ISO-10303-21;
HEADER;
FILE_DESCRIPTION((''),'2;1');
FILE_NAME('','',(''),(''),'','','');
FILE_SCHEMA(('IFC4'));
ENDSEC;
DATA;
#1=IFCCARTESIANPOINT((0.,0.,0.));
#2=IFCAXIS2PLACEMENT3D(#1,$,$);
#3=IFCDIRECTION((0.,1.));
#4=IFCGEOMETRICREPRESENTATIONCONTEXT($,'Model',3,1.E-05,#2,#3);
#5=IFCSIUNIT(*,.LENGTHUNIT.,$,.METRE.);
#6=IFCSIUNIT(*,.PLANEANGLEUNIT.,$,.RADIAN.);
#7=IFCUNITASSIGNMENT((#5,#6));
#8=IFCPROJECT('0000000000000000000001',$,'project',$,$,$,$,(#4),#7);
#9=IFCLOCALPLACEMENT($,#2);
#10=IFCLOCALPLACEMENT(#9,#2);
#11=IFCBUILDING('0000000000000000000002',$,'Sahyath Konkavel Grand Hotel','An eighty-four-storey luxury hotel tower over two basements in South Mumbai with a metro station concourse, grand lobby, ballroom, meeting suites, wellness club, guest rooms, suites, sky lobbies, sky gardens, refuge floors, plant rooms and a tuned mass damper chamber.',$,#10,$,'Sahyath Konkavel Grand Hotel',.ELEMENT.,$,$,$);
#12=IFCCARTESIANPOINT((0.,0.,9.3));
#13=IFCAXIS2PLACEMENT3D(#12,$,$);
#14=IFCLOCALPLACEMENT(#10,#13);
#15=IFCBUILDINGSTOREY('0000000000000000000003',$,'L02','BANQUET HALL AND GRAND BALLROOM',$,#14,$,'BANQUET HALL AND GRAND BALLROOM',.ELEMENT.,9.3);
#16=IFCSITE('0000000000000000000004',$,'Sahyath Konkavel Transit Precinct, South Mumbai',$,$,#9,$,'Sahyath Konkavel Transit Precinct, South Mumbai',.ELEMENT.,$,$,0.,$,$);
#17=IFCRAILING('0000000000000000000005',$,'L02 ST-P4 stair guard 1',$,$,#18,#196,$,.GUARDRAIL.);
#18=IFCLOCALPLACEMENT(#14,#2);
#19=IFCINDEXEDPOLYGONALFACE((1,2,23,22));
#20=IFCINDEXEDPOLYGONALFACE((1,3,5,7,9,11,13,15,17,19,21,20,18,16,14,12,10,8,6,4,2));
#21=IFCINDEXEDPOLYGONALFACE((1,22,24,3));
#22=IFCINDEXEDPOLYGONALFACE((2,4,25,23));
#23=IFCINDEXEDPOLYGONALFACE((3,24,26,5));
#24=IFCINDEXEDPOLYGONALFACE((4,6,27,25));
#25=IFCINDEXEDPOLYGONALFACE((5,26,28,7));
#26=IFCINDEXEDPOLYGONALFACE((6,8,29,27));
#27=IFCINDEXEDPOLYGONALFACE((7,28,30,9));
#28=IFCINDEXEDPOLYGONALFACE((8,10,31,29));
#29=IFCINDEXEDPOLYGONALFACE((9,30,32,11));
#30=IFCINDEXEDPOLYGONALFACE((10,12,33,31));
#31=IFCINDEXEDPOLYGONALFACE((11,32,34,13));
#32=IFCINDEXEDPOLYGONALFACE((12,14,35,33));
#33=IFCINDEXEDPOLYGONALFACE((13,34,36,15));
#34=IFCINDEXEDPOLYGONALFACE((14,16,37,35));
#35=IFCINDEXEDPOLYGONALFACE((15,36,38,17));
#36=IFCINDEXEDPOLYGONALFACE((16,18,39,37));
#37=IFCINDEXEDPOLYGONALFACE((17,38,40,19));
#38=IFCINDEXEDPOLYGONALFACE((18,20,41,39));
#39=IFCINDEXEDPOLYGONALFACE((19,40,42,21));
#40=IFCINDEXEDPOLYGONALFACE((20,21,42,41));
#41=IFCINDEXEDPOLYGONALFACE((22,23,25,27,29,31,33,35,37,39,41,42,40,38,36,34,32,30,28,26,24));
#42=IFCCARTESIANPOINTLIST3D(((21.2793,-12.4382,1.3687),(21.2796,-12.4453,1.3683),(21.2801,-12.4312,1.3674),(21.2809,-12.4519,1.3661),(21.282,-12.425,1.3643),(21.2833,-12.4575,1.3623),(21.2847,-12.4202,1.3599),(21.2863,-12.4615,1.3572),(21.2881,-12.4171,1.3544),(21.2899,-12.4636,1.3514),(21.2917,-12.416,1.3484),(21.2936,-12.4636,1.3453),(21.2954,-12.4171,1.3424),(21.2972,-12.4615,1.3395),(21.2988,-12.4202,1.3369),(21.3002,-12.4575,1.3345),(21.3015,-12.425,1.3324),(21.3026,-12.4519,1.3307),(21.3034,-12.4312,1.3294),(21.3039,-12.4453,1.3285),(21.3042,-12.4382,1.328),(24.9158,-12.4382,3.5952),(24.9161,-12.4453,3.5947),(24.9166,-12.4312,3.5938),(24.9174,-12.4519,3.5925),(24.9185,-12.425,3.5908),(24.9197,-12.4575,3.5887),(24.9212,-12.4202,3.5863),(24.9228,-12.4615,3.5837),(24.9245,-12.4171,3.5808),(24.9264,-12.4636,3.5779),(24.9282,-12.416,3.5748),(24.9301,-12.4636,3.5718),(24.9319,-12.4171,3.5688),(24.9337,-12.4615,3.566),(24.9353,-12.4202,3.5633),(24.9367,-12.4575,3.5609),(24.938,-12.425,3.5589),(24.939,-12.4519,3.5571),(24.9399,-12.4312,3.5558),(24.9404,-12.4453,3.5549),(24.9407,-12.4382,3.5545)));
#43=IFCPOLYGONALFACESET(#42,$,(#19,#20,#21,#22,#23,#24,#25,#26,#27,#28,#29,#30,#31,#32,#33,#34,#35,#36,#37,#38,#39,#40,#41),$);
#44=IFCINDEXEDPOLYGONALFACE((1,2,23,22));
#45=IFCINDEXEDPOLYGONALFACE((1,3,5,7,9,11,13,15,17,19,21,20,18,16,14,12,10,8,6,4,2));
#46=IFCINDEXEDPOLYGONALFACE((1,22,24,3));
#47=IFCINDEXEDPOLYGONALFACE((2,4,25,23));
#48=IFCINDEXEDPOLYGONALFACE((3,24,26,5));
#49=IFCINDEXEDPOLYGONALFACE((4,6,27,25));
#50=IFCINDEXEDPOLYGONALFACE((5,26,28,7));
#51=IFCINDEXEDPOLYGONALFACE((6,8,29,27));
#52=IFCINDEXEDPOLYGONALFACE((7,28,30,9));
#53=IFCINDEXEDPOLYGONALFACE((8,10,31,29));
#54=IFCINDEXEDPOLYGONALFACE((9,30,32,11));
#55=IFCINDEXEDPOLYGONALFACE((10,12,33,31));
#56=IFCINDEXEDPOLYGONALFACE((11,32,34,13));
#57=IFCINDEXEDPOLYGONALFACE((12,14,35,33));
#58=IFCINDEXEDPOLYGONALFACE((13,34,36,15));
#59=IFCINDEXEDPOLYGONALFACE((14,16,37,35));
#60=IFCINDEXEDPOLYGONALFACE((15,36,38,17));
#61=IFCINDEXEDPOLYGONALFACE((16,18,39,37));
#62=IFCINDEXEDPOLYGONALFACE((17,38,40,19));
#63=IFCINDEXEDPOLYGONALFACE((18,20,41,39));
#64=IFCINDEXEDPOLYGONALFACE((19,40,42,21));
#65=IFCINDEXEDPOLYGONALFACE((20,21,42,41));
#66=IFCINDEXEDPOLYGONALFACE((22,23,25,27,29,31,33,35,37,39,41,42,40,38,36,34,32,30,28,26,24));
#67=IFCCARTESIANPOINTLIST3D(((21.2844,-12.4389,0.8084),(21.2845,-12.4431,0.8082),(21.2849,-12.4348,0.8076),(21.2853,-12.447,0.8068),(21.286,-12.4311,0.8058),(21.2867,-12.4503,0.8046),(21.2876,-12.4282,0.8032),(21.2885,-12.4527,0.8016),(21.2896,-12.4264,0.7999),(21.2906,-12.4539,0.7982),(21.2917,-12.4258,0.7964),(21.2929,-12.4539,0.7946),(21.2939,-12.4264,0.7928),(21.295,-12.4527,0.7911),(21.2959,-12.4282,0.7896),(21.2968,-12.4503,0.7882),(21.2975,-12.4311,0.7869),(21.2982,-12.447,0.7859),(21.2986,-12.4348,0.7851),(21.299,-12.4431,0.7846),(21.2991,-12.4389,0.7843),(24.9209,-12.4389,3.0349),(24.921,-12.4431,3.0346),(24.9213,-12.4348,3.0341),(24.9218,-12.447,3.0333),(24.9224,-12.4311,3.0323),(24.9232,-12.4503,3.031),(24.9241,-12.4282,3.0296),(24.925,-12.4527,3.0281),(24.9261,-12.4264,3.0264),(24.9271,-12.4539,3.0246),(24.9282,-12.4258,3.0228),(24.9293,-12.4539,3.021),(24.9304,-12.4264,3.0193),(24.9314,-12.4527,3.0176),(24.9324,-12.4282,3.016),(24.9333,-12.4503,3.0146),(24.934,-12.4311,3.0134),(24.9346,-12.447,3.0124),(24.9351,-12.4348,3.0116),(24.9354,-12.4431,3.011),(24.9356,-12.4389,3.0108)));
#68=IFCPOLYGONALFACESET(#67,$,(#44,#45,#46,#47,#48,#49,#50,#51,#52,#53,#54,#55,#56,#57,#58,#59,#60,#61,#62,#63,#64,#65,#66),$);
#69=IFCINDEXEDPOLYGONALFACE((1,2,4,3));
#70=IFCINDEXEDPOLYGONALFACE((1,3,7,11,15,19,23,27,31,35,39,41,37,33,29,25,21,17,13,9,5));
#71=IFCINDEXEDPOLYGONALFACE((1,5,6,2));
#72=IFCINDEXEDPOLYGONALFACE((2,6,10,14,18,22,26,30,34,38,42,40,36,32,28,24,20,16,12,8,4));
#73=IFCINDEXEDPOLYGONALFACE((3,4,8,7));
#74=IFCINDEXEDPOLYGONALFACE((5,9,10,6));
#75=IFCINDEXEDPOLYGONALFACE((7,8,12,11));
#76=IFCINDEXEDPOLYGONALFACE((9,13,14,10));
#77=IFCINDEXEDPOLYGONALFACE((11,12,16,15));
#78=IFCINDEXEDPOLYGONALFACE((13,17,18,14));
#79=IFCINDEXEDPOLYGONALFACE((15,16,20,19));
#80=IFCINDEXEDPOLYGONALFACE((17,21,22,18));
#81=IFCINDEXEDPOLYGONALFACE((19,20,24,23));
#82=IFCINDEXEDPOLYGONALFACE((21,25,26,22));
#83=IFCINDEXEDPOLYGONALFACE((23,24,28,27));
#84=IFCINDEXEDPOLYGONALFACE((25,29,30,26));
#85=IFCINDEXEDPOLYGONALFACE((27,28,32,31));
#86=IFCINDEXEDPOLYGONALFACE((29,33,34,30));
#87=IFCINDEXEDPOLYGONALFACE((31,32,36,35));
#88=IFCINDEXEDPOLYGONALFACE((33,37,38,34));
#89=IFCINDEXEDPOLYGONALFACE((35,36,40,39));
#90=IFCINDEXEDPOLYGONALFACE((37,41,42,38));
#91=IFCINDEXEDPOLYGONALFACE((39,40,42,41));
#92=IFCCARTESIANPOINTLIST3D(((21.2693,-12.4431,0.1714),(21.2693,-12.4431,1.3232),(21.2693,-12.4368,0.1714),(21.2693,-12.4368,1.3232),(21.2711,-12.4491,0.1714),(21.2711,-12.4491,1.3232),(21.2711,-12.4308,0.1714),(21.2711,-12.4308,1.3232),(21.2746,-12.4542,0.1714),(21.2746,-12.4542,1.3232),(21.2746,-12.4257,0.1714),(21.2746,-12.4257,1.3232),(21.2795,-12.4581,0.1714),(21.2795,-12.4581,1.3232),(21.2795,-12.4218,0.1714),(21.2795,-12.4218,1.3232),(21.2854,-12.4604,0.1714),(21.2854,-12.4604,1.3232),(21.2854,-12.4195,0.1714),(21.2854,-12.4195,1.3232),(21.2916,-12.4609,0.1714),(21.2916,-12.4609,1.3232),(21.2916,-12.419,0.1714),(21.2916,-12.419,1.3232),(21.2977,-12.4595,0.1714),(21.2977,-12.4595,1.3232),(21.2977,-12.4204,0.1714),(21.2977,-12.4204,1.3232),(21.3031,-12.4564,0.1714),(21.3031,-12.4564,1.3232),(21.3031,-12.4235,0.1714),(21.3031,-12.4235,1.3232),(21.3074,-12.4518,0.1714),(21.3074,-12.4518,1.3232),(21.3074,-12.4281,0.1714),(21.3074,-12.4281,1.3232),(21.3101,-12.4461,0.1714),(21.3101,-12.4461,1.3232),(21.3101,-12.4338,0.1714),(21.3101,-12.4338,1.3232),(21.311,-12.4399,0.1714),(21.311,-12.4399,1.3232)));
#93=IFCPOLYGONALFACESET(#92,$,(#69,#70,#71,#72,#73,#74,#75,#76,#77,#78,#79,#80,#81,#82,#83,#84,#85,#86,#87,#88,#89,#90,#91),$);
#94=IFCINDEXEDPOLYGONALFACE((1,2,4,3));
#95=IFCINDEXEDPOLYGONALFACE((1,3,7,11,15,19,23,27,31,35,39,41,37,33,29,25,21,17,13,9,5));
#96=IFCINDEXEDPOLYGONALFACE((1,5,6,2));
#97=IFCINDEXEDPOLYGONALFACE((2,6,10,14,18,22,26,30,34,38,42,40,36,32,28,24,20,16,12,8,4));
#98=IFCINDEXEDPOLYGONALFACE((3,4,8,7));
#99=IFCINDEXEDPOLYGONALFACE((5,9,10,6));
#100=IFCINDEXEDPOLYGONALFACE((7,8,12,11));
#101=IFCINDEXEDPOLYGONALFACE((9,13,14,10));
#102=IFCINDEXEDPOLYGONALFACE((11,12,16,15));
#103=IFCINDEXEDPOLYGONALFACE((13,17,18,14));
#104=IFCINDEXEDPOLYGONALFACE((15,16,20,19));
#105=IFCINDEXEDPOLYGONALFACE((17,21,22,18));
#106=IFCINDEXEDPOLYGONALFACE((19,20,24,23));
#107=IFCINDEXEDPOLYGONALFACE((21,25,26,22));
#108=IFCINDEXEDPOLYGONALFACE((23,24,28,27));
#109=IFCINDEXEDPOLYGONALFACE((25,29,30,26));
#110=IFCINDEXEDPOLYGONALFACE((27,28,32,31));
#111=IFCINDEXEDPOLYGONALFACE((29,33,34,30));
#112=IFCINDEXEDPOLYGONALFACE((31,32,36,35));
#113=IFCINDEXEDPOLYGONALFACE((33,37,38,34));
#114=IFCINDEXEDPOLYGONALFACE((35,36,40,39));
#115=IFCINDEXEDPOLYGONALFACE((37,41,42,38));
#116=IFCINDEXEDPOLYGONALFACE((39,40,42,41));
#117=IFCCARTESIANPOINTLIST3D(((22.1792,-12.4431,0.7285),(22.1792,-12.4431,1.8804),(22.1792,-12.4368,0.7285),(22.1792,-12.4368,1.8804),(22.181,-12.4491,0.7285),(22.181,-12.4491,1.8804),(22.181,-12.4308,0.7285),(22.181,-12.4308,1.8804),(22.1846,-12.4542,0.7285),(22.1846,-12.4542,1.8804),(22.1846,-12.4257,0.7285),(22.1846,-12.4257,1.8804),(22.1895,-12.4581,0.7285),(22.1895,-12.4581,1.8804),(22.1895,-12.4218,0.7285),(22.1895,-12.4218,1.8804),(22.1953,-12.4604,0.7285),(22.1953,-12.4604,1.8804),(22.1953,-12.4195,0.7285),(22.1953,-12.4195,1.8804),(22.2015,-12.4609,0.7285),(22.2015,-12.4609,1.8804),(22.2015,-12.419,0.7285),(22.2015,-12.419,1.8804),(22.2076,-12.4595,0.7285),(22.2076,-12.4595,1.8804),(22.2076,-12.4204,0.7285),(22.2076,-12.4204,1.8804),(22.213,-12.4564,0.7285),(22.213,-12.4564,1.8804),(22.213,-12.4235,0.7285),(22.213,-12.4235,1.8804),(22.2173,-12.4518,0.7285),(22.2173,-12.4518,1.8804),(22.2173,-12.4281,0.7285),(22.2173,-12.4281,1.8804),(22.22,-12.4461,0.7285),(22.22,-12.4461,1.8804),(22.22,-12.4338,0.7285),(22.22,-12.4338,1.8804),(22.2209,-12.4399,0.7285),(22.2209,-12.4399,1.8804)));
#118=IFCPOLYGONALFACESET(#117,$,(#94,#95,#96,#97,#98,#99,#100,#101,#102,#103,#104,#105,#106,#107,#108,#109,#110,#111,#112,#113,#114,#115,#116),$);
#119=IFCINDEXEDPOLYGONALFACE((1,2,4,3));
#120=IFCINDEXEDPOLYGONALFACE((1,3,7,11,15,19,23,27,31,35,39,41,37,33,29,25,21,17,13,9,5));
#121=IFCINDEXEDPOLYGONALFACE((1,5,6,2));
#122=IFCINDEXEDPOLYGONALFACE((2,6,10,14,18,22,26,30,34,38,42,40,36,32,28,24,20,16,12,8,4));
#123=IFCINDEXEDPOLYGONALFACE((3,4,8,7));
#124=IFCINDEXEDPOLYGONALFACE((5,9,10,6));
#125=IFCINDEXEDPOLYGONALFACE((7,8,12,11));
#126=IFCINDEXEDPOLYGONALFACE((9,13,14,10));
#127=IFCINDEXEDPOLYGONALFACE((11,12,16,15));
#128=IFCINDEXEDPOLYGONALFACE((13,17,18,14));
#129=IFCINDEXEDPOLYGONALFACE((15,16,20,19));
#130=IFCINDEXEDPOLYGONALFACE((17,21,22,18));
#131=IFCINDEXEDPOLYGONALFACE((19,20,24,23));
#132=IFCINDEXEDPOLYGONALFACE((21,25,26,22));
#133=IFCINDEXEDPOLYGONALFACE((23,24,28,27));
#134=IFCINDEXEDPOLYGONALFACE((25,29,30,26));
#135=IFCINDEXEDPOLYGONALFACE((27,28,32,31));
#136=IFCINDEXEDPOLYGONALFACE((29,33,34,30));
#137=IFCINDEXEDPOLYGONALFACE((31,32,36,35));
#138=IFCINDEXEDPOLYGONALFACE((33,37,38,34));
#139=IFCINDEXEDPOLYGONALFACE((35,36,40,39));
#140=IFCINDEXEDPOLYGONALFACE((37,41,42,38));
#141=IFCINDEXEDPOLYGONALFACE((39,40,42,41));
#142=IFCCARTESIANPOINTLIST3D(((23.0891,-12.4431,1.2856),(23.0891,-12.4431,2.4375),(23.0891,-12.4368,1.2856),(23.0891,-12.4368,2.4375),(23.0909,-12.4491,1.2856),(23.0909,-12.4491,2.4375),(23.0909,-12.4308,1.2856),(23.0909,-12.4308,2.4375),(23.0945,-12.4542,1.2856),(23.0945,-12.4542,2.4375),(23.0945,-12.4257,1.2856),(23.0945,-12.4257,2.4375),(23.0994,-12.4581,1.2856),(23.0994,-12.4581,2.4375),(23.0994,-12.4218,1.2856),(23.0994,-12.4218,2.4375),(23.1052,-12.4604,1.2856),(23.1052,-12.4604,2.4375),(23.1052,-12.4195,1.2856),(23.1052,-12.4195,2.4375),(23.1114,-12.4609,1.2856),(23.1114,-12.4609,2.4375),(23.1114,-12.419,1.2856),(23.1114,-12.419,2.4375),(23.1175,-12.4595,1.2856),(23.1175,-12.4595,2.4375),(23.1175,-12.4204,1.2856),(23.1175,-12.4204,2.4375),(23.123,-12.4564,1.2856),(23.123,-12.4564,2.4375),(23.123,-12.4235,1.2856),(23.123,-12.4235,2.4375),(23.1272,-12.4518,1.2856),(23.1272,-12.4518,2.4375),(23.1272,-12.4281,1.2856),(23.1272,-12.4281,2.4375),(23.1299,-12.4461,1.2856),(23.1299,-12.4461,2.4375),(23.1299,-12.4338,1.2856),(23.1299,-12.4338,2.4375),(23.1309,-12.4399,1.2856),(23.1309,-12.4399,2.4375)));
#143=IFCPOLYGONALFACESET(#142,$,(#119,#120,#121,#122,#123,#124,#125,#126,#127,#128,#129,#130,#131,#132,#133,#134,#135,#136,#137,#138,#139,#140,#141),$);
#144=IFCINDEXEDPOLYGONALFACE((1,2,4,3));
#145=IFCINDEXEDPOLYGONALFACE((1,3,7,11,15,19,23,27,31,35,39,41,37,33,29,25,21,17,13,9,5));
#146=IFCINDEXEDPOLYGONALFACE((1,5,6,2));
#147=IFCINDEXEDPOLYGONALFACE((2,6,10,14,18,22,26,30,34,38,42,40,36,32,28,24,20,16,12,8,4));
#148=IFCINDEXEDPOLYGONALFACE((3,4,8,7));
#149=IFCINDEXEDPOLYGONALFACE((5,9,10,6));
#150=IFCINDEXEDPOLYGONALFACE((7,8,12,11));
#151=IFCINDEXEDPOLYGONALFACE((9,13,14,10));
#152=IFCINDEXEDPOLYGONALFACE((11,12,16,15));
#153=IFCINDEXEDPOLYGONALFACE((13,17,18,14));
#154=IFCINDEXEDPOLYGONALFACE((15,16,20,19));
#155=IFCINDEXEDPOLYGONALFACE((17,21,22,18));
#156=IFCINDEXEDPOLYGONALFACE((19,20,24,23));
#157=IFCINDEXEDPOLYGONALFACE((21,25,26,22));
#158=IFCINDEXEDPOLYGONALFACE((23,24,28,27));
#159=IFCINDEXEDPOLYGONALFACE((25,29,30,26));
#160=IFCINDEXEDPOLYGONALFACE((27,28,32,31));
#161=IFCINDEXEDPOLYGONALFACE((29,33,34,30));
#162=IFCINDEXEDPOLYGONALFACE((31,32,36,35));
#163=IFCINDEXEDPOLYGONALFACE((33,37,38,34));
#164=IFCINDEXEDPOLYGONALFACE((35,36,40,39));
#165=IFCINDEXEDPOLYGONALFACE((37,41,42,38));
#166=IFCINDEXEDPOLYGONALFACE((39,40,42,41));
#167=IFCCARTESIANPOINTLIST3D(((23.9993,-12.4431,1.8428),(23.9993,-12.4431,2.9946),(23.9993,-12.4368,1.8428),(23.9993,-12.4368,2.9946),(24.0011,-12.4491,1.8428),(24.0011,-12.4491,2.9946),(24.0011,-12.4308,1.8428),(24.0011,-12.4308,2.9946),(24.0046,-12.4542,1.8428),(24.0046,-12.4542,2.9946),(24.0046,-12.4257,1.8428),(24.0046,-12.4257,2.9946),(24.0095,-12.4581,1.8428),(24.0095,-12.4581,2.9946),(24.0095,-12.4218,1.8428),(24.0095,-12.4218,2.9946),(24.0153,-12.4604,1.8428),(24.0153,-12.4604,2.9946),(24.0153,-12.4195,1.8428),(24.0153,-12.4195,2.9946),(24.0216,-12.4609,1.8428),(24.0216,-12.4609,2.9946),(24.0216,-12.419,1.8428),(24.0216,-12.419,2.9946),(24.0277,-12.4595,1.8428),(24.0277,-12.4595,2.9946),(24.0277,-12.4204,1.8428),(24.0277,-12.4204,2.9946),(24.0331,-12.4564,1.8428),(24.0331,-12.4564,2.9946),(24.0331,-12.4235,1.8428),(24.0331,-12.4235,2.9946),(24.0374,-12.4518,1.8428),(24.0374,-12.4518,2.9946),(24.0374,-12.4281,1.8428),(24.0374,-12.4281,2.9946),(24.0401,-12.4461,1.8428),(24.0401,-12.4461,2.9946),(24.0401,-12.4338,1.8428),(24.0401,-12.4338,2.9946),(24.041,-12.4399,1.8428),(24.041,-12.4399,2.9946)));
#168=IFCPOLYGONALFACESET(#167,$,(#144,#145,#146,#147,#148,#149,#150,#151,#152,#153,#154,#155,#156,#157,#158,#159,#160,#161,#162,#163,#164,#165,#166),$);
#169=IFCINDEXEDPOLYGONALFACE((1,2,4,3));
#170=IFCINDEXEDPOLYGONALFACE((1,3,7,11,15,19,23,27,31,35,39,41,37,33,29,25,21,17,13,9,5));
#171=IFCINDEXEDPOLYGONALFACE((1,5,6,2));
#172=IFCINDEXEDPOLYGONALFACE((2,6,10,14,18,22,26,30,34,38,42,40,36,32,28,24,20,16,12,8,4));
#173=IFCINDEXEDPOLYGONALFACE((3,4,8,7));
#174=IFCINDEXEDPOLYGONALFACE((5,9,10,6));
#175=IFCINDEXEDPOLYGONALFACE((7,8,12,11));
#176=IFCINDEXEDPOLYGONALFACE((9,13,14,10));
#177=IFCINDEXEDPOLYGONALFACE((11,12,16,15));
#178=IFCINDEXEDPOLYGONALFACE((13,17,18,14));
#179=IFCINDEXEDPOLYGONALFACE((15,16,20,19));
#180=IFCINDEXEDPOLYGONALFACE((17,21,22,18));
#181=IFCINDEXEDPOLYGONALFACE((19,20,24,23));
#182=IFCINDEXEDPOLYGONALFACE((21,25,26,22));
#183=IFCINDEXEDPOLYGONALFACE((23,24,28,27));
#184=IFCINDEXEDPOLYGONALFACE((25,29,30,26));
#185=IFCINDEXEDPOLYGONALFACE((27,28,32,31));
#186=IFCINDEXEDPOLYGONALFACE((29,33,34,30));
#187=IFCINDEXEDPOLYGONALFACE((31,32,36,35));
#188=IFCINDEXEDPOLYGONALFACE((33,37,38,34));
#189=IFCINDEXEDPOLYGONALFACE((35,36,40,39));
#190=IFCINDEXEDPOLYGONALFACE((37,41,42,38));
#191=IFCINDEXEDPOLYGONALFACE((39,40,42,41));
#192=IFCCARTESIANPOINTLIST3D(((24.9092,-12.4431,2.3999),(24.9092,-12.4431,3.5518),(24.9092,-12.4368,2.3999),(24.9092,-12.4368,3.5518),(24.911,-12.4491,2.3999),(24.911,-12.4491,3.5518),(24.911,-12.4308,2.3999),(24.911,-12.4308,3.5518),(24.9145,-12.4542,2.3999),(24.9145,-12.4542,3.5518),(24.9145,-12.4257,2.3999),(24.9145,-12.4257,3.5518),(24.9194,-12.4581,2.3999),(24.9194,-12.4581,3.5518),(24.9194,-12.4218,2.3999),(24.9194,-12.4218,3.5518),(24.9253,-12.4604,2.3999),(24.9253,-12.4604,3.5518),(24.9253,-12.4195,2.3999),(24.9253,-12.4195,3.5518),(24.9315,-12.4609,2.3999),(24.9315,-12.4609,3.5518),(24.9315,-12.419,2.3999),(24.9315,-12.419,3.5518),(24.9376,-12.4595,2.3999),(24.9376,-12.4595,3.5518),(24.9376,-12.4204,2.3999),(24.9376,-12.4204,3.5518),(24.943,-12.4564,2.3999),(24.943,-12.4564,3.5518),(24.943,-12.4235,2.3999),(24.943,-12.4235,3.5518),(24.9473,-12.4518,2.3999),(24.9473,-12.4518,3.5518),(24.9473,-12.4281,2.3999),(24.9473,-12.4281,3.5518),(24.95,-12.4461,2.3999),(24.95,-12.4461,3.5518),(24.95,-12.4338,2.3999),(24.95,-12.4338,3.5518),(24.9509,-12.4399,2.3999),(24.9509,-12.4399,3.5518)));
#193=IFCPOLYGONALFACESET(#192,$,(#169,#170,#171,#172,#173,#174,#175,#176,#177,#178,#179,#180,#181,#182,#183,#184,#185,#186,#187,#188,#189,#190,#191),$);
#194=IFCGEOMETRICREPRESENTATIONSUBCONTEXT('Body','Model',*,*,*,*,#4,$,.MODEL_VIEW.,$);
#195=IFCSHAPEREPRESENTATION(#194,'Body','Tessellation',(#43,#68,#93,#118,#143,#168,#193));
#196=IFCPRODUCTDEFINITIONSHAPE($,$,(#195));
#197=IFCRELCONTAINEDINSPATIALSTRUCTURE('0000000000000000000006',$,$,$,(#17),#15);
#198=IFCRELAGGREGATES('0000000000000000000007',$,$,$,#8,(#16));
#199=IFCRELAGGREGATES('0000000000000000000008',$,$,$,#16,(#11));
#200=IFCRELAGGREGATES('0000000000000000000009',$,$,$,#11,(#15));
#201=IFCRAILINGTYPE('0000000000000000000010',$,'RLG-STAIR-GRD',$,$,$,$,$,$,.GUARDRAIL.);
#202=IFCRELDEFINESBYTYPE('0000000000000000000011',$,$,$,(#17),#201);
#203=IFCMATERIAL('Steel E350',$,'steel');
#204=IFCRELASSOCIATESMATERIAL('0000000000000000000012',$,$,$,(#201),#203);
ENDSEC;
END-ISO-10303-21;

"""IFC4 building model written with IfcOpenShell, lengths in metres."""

from ifc_helpers import new_model, si_unit, direction, frame, origin, origin_2d, place, context, subcontext, project, spatial, circle, extrude, material, type_object, element, save


model = new_model("IFC4")

# Units and contexts
model_context = context("Model", 3, precision=1e-05, world=origin(), true_north=direction((0.0, 1.0)))
body_context = subcontext(model_context, "Body", "Model", "MODEL_VIEW")
ifc_project = project(units=[si_unit("LENGTHUNIT", "METRE"), si_unit("PLANEANGLEUNIT", "RADIAN")], contexts=[model_context])

# Site, building, storey
site_placement = place(None, origin())
site = spatial("IfcSite", under=ifc_project, at=site_placement, Name="Sahyath Konkavel Transit Precinct, South Mumbai", LongName="Sahyath Konkavel Transit Precinct, South Mumbai", CompositionType="ELEMENT", RefElevation=0.0)
building_placement = place(site_placement, origin())
building = spatial("IfcBuilding", under=site, at=building_placement, Name="Sahyath Konkavel Grand Hotel", Description="An eighty-four-storey luxury hotel tower over two basements in South Mumbai with a metro station concourse, grand lobby, ballroom, meeting suites, wellness club, guest rooms, suites, sky lobbies, sky gardens, refuge floors, plant rooms and a tuned mass damper chamber.", LongName="Sahyath Konkavel Grand Hotel", CompositionType="ELEMENT")
storey_placement = place(building_placement, frame((0.0, 0.0, 9.3)))
storey = spatial("IfcBuildingStorey", under=building, at=storey_placement, Name="L02", Description="BANQUET HALL AND GRAND BALLROOM", LongName="BANQUET HALL AND GRAND BALLROOM", CompositionType="ELEMENT", Elevation=9.3)

# Shared definitions
ifc_material_1 = material(Name="Steel E350", Category="steel")

# Railing
railing_type_1 = type_object("IfcRailingType", Name="RLG-STAIR-GRD", PredefinedType="GUARDRAIL", material=ifc_material_1)
railing_1_placement = place(storey_placement, frame((21.29, -12.4399, 0.1714)))
element("IfcRailing", 1, at=railing_1_placement, inside=storey, type_object=railing_type_1, Name="L02 ST-P4 stair guard 1", PredefinedType="GUARDRAIL", context=body_context, shape_type="SweptSolid", body=[
    extrude(circle(Radius=0.0239, at=origin_2d()), frame((0.0017, 0.0, 1.177), z_axis=(0.85285, 0.0, 0.522156), x_axis=(0.0, 1.0, 0.0)), (0.0, 0.0, 1.0), 4.2639),
    extrude(circle(Radius=0.0142, at=origin_2d()), frame((0.0017, 0.0, 0.625), z_axis=(0.85285, 0.0, 0.522156), x_axis=(0.0, 1.0, 0.0)), (0.0, 0.0, 1.0), 4.2639),
    extrude(circle(Radius=0.021, at=origin_2d()), origin(), (0.0, 0.0, 1.0), 1.1519),
    extrude(circle(Radius=0.021, at=origin_2d()), frame((0.9099, 0.0, 0.5571)), (0.0, 0.0, 1.0), 1.1519),
    extrude(circle(Radius=0.021, at=origin_2d()), frame((1.8198, 0.0, 1.1143)), (0.0, 0.0, 1.0), 1.1519),
    extrude(circle(Radius=0.021, at=origin_2d()), frame((2.73, 0.0, 1.6714)), (0.0, 0.0, 1.0), 1.1519),
    extrude(circle(Radius=0.021, at=origin_2d()), frame((3.6399, 0.0, 2.2285)), (0.0, 0.0, 1.0), 1.1519),
])

save(model, "model.ifc")
